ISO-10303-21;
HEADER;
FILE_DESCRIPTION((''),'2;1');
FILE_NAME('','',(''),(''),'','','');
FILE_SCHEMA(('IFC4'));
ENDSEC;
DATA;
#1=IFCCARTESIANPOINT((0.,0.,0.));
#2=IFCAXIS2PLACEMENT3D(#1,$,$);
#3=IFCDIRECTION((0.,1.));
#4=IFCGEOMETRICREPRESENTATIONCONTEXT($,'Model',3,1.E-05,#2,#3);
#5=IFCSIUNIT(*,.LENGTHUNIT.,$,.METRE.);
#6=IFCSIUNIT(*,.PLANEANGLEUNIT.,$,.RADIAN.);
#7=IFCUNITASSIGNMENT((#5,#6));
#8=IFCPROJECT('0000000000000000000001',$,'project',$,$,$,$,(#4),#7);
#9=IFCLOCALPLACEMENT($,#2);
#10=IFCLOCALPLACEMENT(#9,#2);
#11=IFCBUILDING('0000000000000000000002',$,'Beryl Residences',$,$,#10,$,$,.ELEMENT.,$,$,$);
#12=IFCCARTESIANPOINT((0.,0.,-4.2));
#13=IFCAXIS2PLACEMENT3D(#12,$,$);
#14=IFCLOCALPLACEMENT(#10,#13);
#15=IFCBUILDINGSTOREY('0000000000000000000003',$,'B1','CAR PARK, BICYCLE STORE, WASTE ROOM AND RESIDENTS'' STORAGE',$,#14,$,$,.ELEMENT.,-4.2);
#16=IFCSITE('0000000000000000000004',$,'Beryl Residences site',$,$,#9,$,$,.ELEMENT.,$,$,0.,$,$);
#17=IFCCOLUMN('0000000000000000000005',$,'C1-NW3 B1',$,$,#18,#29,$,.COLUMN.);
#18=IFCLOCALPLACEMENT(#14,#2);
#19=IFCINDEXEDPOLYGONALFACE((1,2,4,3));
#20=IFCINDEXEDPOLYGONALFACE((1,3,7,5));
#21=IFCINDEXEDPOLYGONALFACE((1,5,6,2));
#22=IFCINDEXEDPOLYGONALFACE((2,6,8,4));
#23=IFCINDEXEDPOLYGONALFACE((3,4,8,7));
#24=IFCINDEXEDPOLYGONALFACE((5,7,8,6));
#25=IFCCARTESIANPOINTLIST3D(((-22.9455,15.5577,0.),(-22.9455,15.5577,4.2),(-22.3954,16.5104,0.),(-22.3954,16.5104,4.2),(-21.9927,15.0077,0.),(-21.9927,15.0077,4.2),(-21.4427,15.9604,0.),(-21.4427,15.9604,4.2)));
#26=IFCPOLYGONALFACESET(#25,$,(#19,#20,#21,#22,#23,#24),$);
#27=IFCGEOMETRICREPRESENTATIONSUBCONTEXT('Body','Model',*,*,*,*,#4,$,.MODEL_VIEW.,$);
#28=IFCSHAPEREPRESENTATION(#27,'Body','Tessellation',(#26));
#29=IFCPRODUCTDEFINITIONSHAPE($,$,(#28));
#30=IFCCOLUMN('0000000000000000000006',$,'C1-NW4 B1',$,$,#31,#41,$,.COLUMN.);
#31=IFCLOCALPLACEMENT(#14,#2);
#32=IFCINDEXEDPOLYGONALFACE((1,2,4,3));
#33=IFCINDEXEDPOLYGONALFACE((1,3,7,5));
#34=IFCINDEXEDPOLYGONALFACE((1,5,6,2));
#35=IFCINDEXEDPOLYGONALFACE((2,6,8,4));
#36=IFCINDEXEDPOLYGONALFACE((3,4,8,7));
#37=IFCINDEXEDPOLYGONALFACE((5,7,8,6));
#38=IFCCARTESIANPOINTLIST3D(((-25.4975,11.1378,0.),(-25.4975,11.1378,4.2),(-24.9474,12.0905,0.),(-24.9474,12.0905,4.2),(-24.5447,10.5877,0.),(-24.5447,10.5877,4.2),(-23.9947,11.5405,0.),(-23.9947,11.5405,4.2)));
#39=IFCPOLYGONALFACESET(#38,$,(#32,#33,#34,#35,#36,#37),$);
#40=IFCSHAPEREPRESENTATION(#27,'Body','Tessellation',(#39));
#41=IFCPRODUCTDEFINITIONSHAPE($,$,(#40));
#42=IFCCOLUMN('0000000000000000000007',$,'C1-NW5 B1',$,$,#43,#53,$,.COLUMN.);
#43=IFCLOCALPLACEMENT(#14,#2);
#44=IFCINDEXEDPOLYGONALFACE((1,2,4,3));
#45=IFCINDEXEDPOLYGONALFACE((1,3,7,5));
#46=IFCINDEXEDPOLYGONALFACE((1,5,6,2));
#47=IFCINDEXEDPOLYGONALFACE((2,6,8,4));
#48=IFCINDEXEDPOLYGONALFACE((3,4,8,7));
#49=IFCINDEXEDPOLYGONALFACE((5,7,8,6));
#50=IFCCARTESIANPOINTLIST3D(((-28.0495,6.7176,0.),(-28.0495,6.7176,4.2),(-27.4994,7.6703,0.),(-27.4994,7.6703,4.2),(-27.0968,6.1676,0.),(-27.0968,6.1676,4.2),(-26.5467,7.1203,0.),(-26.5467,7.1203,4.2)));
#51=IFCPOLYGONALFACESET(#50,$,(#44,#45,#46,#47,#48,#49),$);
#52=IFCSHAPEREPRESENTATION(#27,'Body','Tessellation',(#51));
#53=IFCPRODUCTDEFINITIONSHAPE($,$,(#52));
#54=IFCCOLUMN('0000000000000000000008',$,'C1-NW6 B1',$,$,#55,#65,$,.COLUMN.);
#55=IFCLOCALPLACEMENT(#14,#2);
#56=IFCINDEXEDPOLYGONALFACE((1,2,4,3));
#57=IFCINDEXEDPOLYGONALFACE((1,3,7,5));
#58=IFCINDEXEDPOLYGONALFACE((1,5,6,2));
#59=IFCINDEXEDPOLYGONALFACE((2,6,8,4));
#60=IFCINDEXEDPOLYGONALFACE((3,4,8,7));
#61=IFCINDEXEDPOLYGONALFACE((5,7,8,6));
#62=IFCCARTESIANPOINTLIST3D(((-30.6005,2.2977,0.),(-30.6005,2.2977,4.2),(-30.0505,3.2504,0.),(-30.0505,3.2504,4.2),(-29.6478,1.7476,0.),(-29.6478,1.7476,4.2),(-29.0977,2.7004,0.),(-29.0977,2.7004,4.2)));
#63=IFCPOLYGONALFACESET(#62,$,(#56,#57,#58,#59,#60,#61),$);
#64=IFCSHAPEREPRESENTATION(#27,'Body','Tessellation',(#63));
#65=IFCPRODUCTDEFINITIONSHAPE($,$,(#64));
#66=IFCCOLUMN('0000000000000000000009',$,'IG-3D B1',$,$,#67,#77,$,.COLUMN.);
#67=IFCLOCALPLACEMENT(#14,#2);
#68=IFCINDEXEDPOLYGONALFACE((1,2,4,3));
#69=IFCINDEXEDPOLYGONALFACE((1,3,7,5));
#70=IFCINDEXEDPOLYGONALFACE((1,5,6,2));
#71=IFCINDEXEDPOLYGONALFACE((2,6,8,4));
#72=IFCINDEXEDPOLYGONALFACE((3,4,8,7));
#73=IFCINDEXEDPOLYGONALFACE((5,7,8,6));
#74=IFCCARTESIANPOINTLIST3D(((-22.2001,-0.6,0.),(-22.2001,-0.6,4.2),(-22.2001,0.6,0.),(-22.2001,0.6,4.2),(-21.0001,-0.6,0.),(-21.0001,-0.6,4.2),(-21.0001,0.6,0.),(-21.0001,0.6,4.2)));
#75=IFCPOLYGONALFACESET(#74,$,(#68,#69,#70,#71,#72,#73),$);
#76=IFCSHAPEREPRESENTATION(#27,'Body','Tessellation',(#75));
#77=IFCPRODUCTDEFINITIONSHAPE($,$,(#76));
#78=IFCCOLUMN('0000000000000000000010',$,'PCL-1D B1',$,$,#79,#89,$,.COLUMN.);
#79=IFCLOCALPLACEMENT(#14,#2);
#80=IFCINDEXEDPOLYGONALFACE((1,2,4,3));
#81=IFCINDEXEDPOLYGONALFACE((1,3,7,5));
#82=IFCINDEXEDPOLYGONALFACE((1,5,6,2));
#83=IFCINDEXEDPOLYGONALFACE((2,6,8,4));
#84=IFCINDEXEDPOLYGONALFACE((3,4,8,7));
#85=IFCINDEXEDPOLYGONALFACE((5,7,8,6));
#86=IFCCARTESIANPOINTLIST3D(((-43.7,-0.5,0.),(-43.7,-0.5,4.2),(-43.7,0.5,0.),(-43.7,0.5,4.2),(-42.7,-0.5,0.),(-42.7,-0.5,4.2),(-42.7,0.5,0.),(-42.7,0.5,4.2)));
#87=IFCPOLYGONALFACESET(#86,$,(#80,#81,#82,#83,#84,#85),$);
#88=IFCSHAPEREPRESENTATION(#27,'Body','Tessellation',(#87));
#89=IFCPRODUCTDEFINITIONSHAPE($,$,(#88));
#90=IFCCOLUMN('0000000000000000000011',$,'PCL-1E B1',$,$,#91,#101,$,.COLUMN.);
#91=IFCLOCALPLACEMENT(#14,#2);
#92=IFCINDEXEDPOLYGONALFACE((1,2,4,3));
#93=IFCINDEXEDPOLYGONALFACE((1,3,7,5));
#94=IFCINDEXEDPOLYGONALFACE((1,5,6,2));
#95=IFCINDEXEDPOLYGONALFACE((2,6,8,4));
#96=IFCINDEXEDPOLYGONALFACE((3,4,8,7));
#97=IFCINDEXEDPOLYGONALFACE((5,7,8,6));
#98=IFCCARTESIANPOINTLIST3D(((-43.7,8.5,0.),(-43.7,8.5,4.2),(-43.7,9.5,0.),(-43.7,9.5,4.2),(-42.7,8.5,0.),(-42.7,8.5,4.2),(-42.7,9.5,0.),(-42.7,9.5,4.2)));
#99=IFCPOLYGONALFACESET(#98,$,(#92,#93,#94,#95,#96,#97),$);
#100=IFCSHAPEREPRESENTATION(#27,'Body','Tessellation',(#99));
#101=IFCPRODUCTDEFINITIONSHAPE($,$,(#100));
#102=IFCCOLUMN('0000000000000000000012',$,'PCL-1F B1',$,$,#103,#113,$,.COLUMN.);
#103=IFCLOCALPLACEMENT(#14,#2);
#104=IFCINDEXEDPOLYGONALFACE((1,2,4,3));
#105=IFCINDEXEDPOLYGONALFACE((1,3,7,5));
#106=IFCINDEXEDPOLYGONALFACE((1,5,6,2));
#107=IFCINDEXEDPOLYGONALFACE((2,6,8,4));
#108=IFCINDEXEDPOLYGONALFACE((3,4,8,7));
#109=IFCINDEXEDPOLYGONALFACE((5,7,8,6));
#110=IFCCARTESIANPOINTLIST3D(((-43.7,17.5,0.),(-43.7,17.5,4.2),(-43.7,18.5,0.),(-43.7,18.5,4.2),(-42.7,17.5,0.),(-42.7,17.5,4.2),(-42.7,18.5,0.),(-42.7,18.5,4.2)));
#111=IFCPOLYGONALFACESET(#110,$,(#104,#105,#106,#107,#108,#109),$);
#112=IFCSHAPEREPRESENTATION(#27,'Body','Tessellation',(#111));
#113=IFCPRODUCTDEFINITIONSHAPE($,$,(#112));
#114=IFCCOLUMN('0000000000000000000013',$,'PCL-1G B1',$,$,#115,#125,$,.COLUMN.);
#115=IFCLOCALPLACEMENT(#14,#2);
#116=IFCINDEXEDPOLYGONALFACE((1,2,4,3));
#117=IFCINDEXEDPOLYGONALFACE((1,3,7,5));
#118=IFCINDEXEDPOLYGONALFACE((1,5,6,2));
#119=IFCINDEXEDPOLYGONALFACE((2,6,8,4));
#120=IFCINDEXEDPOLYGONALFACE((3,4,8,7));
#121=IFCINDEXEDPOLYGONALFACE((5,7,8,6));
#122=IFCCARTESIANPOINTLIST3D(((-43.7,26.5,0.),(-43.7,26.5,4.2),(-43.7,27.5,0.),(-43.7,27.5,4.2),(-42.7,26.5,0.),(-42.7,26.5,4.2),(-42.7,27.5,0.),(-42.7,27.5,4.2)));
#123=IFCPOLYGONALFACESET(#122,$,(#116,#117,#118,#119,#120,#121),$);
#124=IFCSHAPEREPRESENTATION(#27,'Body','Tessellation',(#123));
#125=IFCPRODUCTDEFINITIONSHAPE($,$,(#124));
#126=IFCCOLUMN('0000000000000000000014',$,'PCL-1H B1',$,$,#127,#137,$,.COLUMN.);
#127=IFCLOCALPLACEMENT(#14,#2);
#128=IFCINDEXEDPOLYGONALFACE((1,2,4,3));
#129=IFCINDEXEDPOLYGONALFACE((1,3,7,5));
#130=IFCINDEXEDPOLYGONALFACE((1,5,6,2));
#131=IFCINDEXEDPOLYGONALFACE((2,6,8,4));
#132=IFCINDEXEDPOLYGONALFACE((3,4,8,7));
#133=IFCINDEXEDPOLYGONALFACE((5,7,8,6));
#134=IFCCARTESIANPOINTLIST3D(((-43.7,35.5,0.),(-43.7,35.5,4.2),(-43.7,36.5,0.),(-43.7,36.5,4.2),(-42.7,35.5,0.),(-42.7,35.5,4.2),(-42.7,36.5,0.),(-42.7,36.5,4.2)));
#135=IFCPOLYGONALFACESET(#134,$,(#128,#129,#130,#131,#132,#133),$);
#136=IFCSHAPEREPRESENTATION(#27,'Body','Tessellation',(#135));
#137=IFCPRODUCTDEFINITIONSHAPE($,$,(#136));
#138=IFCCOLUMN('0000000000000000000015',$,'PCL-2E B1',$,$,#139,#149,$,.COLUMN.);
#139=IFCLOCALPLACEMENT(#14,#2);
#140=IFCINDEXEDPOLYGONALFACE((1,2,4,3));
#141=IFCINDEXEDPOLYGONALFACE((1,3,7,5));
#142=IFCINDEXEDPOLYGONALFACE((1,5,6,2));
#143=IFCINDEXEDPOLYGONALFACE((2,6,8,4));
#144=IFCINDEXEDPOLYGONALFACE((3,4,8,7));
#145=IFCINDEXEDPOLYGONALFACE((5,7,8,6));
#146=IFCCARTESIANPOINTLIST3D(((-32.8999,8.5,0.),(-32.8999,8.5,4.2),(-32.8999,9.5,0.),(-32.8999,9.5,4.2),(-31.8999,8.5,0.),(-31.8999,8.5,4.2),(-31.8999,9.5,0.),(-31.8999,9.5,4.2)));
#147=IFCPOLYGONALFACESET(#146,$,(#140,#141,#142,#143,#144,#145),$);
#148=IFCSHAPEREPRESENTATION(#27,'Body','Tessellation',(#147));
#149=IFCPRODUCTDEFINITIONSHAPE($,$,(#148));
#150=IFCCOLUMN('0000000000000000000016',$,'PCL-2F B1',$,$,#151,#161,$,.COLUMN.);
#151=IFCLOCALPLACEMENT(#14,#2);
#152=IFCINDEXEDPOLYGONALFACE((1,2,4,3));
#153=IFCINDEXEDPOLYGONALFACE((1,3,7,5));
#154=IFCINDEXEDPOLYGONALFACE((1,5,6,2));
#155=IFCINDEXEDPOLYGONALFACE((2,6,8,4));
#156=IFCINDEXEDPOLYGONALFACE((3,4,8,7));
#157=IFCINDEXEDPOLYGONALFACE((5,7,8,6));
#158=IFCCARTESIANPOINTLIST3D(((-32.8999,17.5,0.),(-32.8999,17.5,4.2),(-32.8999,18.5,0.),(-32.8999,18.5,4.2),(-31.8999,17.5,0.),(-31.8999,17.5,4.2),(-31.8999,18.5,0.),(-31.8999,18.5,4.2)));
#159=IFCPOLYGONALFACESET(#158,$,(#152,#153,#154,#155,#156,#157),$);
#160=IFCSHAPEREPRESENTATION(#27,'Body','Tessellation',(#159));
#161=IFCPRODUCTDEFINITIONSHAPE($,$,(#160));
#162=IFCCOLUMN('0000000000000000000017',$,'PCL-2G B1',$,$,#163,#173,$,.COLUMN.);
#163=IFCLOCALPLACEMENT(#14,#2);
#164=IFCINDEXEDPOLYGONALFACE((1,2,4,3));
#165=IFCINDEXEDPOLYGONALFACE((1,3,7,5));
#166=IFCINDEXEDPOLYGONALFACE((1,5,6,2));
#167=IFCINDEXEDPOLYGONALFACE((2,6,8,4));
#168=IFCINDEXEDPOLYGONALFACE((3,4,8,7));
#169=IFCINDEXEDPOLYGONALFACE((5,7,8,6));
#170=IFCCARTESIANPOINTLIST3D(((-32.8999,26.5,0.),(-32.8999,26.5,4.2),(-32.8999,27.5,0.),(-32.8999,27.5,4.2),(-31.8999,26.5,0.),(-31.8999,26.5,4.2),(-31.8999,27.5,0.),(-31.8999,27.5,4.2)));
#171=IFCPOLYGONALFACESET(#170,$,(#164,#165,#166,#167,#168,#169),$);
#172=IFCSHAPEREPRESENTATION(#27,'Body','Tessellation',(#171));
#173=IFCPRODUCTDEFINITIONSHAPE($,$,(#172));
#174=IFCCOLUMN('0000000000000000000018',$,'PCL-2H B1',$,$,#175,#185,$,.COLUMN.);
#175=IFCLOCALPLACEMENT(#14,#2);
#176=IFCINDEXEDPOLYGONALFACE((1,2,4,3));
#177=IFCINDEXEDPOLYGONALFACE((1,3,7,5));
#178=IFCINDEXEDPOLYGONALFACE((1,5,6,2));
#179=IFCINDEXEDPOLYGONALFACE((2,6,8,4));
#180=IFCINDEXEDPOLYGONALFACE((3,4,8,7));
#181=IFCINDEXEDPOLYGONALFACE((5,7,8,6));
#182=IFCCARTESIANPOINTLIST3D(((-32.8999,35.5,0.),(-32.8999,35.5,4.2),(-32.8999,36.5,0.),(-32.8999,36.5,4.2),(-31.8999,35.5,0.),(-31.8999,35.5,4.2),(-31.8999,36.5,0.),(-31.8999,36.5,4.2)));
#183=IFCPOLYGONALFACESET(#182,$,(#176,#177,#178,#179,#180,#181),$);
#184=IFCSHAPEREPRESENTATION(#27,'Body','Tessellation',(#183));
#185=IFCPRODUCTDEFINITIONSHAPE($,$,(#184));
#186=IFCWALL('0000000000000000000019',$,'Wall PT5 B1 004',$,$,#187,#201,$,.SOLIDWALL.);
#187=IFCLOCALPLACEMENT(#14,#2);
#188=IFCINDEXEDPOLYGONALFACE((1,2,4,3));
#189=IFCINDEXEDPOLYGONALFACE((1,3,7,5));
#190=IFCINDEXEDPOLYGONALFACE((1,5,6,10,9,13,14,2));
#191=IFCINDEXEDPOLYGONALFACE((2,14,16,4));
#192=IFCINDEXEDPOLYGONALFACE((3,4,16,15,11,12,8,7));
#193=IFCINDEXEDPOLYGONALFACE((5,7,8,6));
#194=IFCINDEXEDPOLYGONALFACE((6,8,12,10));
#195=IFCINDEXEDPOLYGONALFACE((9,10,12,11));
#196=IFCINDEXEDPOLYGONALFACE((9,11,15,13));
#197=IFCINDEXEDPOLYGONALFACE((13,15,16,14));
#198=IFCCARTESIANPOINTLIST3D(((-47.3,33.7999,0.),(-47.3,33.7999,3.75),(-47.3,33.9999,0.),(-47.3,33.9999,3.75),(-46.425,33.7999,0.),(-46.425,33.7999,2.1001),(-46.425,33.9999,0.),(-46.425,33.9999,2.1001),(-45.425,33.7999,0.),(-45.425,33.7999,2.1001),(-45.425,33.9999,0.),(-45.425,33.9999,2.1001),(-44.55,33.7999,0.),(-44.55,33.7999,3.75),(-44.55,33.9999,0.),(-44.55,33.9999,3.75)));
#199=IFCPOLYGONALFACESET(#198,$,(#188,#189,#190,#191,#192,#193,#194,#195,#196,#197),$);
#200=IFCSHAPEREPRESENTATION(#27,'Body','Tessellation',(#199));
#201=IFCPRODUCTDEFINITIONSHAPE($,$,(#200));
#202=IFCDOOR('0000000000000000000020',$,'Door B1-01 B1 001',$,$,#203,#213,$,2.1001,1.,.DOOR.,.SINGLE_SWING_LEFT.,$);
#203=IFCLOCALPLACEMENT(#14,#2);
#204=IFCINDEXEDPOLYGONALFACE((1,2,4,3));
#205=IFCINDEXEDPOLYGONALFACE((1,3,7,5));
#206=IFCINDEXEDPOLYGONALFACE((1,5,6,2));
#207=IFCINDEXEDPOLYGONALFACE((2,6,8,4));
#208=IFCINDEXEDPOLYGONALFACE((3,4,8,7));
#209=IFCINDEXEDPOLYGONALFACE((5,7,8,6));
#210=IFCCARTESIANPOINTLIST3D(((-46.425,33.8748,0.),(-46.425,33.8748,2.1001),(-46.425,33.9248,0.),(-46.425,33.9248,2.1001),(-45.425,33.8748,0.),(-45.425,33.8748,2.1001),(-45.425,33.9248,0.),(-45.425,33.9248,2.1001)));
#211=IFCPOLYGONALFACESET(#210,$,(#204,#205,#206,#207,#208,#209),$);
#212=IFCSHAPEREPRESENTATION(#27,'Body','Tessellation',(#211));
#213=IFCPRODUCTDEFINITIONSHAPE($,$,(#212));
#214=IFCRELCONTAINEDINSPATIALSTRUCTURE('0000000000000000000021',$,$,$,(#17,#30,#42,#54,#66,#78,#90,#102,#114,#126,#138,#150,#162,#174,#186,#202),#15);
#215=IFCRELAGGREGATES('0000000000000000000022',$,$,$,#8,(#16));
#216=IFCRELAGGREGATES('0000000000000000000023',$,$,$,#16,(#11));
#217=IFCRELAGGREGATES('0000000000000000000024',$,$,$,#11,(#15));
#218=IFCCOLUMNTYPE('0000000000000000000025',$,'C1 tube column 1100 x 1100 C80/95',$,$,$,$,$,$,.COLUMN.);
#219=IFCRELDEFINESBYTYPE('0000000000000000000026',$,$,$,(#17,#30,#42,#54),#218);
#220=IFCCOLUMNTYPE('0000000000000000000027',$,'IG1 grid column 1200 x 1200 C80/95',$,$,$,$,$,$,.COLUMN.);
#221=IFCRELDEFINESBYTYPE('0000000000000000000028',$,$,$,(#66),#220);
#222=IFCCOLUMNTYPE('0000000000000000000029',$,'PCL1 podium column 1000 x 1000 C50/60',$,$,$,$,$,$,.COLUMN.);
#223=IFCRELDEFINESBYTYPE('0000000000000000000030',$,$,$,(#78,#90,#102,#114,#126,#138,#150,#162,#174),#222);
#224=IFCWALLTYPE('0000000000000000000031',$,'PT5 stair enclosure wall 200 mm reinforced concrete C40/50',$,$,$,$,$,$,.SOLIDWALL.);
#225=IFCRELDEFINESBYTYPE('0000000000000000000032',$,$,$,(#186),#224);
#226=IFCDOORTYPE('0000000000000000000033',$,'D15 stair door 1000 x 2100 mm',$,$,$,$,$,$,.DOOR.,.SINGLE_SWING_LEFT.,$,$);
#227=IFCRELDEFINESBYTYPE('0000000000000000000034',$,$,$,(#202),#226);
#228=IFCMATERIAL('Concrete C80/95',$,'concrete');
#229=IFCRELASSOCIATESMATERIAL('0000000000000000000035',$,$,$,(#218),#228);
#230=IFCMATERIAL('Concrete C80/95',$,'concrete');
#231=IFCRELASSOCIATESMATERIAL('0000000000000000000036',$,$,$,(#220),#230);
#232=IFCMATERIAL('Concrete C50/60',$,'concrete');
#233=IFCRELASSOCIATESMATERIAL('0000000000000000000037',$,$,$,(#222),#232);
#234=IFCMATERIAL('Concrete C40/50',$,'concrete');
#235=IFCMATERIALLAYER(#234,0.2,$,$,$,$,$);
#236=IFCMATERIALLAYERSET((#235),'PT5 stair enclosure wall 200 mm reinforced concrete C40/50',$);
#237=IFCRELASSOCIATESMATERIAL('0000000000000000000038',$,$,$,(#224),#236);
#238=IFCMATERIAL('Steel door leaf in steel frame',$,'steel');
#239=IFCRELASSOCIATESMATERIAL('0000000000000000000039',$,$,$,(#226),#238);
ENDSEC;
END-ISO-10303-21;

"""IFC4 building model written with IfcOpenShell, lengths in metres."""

from ifc_helpers import new_model, si_unit, direction, frame, frame_2d, origin, origin_2d, place, context, subcontext, project, spatial, rectangle, extrude, material, layer, layer_set, material_profile, profile_set, type_object, element, fill, save


model = new_model("IFC4")

# Units and contexts
model_context = context("Model", 3, precision=1e-05, world=origin(), true_north=direction((0.0, 1.0)))
body_context = subcontext(model_context, "Body", "Model", "MODEL_VIEW")
ifc_project = project(units=[si_unit("LENGTHUNIT", "METRE"), si_unit("PLANEANGLEUNIT", "RADIAN")], contexts=[model_context])

# Site, building, storey
site_placement = place(None, origin())
site = spatial("IfcSite", under=ifc_project, at=site_placement, Name="Beryl Residences site", CompositionType="ELEMENT", RefElevation=0.0)
building_placement = place(site_placement, origin())
building = spatial("IfcBuilding", under=site, at=building_placement, Name="Beryl Residences", CompositionType="ELEMENT")
storey_placement = place(building_placement, frame((0.0, 0.0, -4.2)))
storey = spatial("IfcBuildingStorey", under=building, at=storey_placement, Name="B1", Description="CAR PARK, BICYCLE STORE, WASTE ROOM AND RESIDENTS' STORAGE", CompositionType="ELEMENT", Elevation=-4.2)

# Columns
ifc_material_1 = material(Name="Concrete C80/95", Category="concrete")
ifc_material_profile_1 = material_profile(ifc_material_1, rectangle(XDim=1.1001, YDim=1.1001, at=origin_2d()))
ifc_profile_set_1 = profile_set([ifc_material_profile_1], Name="Concrete C80/95")
column_type_1 = type_object("IfcColumnType", Name="C1 tube column 1100 x 1100 C80/95", PredefinedType="COLUMN", material=ifc_profile_set_1)
for number, where, z_axis, x_axis, name in (
    (1, (-22.1941, 15.759, 0.0), (0.0, 0.0, 1.0), (-0.499985, -0.866034, 0.0), "C1-NW3 B1"),
    (2, (-24.7461, 11.3391, 0.0), (0.0, 0.0, 1.0), (-0.499985, -0.866034, 0.0), "C1-NW4 B1"),
    (3, (-27.2981, 6.9189, 0.0), (0.0, 0.0, 1.0), (-0.499985, -0.866034, 0.0), "C1-NW5 B1"),
    (4, (-29.8491, 2.499, 0.0), (0.0, 0.0, 1.0), (-0.499985, -0.866034, 0.0), "C1-NW6 B1"),
):
    element("IfcColumn", number, at=place(storey_placement, frame(where, z_axis=z_axis, x_axis=x_axis)), inside=storey, type_object=column_type_1, Name=name, PredefinedType="COLUMN", context=body_context, shape_type="SweptSolid", body=[
        extrude(rectangle(XDim=1.1001, YDim=1.1001, at=origin_2d()), origin(), (0.0, 0.0, 1.0), 4.2),
    ])
ifc_material_2 = material(Name="Concrete C80/95", Category="concrete")
ifc_material_profile_2 = material_profile(ifc_material_2, rectangle(XDim=1.2, YDim=1.2, at=origin_2d()))
ifc_profile_set_2 = profile_set([ifc_material_profile_2], Name="Concrete C80/95")
column_type_2 = type_object("IfcColumnType", Name="IG1 grid column 1200 x 1200 C80/95", PredefinedType="COLUMN", material=ifc_profile_set_2)
column_placement = place(storey_placement, frame((-21.6001, 0.0, 0.0), z_axis=(0.0, 0.0, 1.0), x_axis=(1.0, 0.0, 0.0)))
element("IfcColumn", 5, at=column_placement, inside=storey, type_object=column_type_2, Name="IG-3D B1", PredefinedType="COLUMN", context=body_context, shape_type="SweptSolid", body=[
    extrude(rectangle(XDim=1.2, YDim=1.2, at=origin_2d()), origin(), (0.0, 0.0, 1.0), 4.2),
])
ifc_material_3 = material(Name="Concrete C50/60", Category="concrete")
ifc_material_profile_3 = material_profile(ifc_material_3, rectangle(XDim=1.0, YDim=1.0, at=origin_2d()))
ifc_profile_set_3 = profile_set([ifc_material_profile_3], Name="Concrete C50/60")
column_type_3 = type_object("IfcColumnType", Name="PCL1 podium column 1000 x 1000 C50/60", PredefinedType="COLUMN", material=ifc_profile_set_3)
for number, where, z_axis, x_axis, name in (
    (6, (-43.2, 0.0, 0.0), (0.0, 0.0, 1.0), (1.0, 0.0, 0.0), "PCL-1D B1"),
    (7, (-43.2, 9.0, 0.0), (0.0, 0.0, 1.0), (1.0, 0.0, 0.0), "PCL-1E B1"),
    (8, (-43.2, 18.0, 0.0), (0.0, 0.0, 1.0), (1.0, 0.0, 0.0), "PCL-1F B1"),
    (9, (-43.2, 27.0, 0.0), (0.0, 0.0, 1.0), (1.0, 0.0, 0.0), "PCL-1G B1"),
    (10, (-43.2, 36.0, 0.0), (0.0, 0.0, 1.0), (1.0, 0.0, 0.0), "PCL-1H B1"),
    (11, (-32.3999, 9.0, 0.0), (0.0, 0.0, 1.0), (1.0, 0.0, 0.0), "PCL-2E B1"),
    (12, (-32.3999, 18.0, 0.0), (0.0, 0.0, 1.0), (1.0, 0.0, 0.0), "PCL-2F B1"),
    (13, (-32.3999, 27.0, 0.0), (0.0, 0.0, 1.0), (1.0, 0.0, 0.0), "PCL-2G B1"),
    (14, (-32.3999, 36.0, 0.0), (0.0, 0.0, 1.0), (1.0, 0.0, 0.0), "PCL-2H B1"),
):
    element("IfcColumn", number, at=place(storey_placement, frame(where, z_axis=z_axis, x_axis=x_axis)), inside=storey, type_object=column_type_3, Name=name, PredefinedType="COLUMN", context=body_context, shape_type="SweptSolid", body=[
        extrude(rectangle(XDim=1.0, YDim=1.0, at=origin_2d()), origin(), (0.0, 0.0, 1.0), 4.2),
    ])

# Wall, opening, door
ifc_material_4 = material(Name="Concrete C40/50", Category="concrete")
ifc_layer_1 = layer(ifc_material_4, 0.2)
ifc_layer_set_1 = layer_set([ifc_layer_1], Name="PT5 stair enclosure wall 200 mm reinforced concrete C40/50")
wall_type_1 = type_object("IfcWallType", Name="PT5 stair enclosure wall 200 mm reinforced concrete C40/50", PredefinedType="SOLIDWALL", material=ifc_layer_set_1)
wall_1_placement = place(storey_placement, frame((-47.3, 33.8999, 0.0), z_axis=(0.0, 0.0, 1.0), x_axis=(1.0, 0.0, 0.0)))
wall_1 = element("IfcWall", 15, at=wall_1_placement, inside=storey, type_object=wall_type_1, Name="Wall PT5 B1 004", PredefinedType="SOLIDWALL", context=body_context, shape_type="SweptSolid", body=[
    extrude(rectangle(XDim=2.75, YDim=0.2, at=frame_2d((1.375, 0.0))), origin(), (0.0, 0.0, 1.0), 3.75),
])
opening_1_placement = place(wall_1_placement, frame((0.875, 0.0, 0.0)))
opening_1 = element("IfcOpeningElement", 16, at=opening_1_placement, cuts=wall_1, PredefinedType="OPENING", context=body_context, shape_type="SweptSolid", body=[
    extrude(rectangle(XDim=1.0, YDim=2.1001, at=frame_2d((0.5, 1.05))), frame((0.0, 0.1099, 0.0), z_axis=(0.0, -1.0, 0.0), x_axis=(1.0, 0.0, 0.0)), (0.0, 0.0, 1.0), 0.22),
])
ifc_material_5 = material(Name="Steel door leaf in steel frame", Category="steel")
door_type_1 = type_object("IfcDoorType", Name="D15 stair door 1000 x 2100 mm", OperationType="SINGLE_SWING_LEFT", PredefinedType="DOOR", material=ifc_material_5)
door_1_placement = place(opening_1_placement, origin())
door_1 = element("IfcDoor", 17, at=door_1_placement, inside=storey, type_object=door_type_1, Name="Door B1-01 B1 001", OperationType="SINGLE_SWING_LEFT", OverallHeight=2.1001, OverallWidth=1.0, PredefinedType="DOOR", context=body_context, shape_type="SweptSolid", body=[
    extrude(rectangle(XDim=1.0, YDim=2.1001, at=frame_2d((0.5, 1.05))), frame((0.0, 0.0249, 0.0), z_axis=(0.0, -1.0, 0.0), x_axis=(1.0, 0.0, 0.0)), (0.0, 0.0, 1.0), 0.05),
])
fill(opening_1, door_1)

save(model, "model.ifc")
